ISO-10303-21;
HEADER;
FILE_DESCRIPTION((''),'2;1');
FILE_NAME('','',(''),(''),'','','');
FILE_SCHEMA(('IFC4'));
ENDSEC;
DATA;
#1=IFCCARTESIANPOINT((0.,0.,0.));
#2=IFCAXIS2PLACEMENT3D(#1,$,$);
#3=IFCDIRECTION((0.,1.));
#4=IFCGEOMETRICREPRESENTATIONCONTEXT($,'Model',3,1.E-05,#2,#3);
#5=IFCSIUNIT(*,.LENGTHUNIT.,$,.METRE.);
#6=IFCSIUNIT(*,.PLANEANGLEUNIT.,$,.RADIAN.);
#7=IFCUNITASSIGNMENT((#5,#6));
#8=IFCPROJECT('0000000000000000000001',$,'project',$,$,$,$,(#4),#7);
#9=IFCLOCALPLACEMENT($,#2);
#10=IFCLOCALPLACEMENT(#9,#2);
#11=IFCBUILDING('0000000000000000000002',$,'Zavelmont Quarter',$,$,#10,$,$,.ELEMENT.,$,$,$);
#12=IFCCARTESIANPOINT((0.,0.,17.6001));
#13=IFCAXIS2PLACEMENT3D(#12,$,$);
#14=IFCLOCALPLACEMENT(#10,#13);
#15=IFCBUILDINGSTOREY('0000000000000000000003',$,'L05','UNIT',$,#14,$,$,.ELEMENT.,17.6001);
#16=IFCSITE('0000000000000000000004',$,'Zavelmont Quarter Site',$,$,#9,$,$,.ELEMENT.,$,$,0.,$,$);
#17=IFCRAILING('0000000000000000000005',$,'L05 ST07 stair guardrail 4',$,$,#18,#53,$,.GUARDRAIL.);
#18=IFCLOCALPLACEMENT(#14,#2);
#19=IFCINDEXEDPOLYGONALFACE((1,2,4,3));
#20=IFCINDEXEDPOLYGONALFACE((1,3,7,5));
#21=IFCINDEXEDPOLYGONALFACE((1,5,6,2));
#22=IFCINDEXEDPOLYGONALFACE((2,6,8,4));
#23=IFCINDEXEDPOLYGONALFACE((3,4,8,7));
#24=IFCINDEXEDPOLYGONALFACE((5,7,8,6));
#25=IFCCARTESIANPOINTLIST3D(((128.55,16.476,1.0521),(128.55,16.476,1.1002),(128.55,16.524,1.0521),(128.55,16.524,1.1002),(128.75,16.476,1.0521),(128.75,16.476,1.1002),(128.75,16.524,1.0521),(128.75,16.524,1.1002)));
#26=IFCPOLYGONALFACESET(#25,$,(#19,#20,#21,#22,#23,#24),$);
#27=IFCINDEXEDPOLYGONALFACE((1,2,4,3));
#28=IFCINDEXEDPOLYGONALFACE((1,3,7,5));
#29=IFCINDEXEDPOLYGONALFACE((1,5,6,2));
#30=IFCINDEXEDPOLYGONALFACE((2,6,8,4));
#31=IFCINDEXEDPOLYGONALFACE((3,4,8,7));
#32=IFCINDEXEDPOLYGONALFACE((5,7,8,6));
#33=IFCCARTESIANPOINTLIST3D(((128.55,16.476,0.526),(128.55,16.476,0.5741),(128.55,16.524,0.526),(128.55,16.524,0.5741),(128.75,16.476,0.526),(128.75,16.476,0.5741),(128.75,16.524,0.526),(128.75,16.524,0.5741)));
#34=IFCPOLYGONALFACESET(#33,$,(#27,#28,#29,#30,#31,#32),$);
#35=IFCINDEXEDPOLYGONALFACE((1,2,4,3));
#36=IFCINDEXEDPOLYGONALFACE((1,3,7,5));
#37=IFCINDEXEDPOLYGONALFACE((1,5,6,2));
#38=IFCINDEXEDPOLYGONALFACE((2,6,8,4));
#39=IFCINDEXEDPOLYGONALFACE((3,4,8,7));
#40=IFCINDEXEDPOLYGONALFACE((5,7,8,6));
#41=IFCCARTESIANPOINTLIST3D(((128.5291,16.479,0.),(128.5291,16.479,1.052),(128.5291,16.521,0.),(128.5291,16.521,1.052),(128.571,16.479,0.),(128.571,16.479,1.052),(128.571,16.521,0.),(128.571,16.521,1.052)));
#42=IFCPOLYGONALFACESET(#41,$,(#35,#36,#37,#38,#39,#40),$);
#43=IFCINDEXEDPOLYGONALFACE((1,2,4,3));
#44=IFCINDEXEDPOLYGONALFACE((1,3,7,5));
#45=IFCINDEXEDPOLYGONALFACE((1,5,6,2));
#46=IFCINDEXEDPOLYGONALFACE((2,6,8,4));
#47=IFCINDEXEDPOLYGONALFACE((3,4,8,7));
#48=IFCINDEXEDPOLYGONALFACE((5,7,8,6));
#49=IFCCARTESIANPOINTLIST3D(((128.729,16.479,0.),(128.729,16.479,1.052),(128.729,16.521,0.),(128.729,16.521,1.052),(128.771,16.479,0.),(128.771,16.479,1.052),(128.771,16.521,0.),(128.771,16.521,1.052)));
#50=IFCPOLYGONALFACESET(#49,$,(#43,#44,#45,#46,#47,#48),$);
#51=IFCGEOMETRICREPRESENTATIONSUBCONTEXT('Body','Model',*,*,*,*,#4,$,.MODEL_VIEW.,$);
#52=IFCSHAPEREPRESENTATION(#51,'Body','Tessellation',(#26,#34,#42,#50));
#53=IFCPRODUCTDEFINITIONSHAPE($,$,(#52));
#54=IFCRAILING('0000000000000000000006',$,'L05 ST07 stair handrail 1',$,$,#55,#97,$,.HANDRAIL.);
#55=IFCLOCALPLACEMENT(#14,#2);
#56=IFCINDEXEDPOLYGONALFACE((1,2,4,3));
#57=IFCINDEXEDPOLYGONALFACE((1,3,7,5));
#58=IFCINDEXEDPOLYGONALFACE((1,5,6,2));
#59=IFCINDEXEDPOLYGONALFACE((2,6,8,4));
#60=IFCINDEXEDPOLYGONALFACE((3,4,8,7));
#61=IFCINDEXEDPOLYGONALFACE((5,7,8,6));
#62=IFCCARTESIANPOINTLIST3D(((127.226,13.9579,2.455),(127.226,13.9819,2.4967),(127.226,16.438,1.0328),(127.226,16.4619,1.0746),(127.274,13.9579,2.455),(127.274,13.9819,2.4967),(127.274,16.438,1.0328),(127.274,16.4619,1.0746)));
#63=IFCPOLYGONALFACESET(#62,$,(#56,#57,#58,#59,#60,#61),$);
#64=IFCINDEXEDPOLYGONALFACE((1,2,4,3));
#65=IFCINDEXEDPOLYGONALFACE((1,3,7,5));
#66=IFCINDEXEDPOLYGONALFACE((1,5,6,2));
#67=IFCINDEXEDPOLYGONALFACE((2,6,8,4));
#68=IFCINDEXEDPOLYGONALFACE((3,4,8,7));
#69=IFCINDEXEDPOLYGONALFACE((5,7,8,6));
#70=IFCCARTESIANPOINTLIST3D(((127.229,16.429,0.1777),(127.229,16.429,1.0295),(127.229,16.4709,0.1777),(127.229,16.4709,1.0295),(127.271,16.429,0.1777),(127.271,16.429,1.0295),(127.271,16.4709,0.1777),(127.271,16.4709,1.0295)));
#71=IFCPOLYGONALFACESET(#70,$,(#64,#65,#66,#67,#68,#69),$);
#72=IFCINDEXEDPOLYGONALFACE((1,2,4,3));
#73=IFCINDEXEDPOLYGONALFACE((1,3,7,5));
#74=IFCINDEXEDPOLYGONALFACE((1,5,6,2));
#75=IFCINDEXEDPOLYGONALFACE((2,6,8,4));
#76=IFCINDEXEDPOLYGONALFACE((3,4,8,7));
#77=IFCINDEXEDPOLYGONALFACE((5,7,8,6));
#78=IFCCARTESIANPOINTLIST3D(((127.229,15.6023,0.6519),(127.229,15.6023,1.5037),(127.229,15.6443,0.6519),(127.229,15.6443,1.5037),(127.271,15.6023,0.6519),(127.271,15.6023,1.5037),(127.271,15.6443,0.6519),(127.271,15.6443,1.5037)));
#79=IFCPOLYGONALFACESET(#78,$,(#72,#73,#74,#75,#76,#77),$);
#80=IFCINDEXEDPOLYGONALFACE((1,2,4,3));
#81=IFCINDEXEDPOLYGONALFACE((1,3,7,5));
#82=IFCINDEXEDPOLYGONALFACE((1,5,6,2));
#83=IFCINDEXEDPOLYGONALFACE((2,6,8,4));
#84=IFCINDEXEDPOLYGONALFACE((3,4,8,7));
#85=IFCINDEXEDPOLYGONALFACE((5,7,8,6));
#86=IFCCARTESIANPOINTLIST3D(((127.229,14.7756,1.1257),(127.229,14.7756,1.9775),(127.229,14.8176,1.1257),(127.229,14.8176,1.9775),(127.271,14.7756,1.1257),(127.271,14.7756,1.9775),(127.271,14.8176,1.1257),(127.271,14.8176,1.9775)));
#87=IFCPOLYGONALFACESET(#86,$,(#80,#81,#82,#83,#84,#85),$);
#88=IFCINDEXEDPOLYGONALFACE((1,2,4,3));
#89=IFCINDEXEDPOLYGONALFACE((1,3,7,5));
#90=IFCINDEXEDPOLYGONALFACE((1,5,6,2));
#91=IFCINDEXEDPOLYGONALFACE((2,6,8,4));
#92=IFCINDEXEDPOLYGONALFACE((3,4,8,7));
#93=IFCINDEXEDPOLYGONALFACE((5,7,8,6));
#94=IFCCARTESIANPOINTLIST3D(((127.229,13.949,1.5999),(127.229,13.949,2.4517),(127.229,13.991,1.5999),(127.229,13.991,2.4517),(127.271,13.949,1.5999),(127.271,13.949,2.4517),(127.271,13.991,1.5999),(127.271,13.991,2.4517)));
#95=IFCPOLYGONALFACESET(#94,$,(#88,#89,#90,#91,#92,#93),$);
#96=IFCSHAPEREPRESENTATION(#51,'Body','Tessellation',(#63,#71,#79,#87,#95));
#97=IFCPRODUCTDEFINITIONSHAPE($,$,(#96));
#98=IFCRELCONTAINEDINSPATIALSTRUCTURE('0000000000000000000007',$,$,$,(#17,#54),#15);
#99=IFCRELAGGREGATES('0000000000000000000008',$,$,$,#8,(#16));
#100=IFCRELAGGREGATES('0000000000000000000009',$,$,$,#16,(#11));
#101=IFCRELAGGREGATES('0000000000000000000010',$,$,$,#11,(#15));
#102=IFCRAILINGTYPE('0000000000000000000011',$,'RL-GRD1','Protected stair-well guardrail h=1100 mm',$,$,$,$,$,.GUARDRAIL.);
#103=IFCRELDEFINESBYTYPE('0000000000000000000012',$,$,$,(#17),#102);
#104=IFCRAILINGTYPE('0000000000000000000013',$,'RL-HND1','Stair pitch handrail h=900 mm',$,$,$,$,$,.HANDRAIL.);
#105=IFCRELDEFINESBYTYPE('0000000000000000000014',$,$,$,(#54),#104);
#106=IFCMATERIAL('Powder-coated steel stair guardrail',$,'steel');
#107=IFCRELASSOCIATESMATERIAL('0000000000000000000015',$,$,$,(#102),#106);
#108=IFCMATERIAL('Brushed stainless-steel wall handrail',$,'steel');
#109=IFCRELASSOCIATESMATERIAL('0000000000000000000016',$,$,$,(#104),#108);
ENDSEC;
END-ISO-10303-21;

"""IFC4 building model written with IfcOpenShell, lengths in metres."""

from ifc_helpers import new_model, si_unit, direction, frame, origin, origin_2d, place, context, subcontext, project, spatial, rectangle, extrude, material, type_object, element, save


model = new_model("IFC4")

# Units and contexts
model_context = context("Model", 3, precision=1e-05, world=origin(), true_north=direction((0.0, 1.0)))
body_context = subcontext(model_context, "Body", "Model", "MODEL_VIEW")
ifc_project = project(units=[si_unit("LENGTHUNIT", "METRE"), si_unit("PLANEANGLEUNIT", "RADIAN")], contexts=[model_context])

# Site, building, storey
site_placement = place(None, origin())
site = spatial("IfcSite", under=ifc_project, at=site_placement, Name="Zavelmont Quarter Site", CompositionType="ELEMENT", RefElevation=0.0)
building_placement = place(site_placement, origin())
building = spatial("IfcBuilding", under=site, at=building_placement, Name="Zavelmont Quarter", CompositionType="ELEMENT")
storey_placement = place(building_placement, frame((0.0, 0.0, 17.6001)))
storey = spatial("IfcBuildingStorey", under=building, at=storey_placement, Name="L05", Description="UNIT", CompositionType="ELEMENT", Elevation=17.6001)

# Railings
ifc_material_1 = material(Name="Powder-coated steel stair guardrail", Category="steel")
railing_type_1 = type_object("IfcRailingType", Name="RL-GRD1", Description="Protected stair-well guardrail h=1100 mm", PredefinedType="GUARDRAIL", material=ifc_material_1)
railing_1_placement = place(storey_placement, frame((128.55, 16.5, 0.0)))
element("IfcRailing", 1, at=railing_1_placement, inside=storey, type_object=railing_type_1, Name="L05 ST07 stair guardrail 4", PredefinedType="GUARDRAIL", context=body_context, shape_type="SweptSolid", body=[
    extrude(rectangle(XDim=0.0481, YDim=0.0481, at=origin_2d()), frame((0.0, 0.0, 1.0762), z_axis=(1.0, 0.0, 0.0), x_axis=(0.0, 1.0, 0.0)), (0.0, 0.0, 1.0), 0.2),
    extrude(rectangle(XDim=0.0481, YDim=0.0481, at=origin_2d()), frame((0.0, 0.0, 0.55), z_axis=(1.0, 0.0, 0.0), x_axis=(0.0, 1.0, 0.0)), (0.0, 0.0, 1.0), 0.2),
    extrude(rectangle(XDim=0.042, YDim=0.042, at=origin_2d()), origin(), (0.0, 0.0, 1.0), 1.052),
    extrude(rectangle(XDim=0.042, YDim=0.042, at=origin_2d()), frame((0.2, 0.0, 0.0)), (0.0, 0.0, 1.0), 1.052),
])
ifc_material_2 = material(Name="Brushed stainless-steel wall handrail", Category="steel")
railing_type_2 = type_object("IfcRailingType", Name="RL-HND1", Description="Stair pitch handrail h=900 mm", PredefinedType="HANDRAIL", material=ifc_material_2)
railing_2_placement = place(storey_placement, frame((127.25, 16.45, 0.1777)))
element("IfcRailing", 2, at=railing_2_placement, inside=storey, type_object=railing_type_2, Name="L05 ST07 stair handrail 1", PredefinedType="HANDRAIL", context=body_context, shape_type="SweptSolid", body=[
    extrude(rectangle(XDim=0.0481, YDim=0.0481, at=origin_2d()), frame((0.0, 0.0, 0.876), z_axis=(0.0, -0.867491, 0.497454), x_axis=(1.0, 0.0, 0.0)), (0.0, 0.0, 1.0), 2.8589),
    extrude(rectangle(XDim=0.042, YDim=0.042, at=origin_2d()), origin(), (0.0, 0.0, 1.0), 0.8518),
    extrude(rectangle(XDim=0.042, YDim=0.042, at=origin_2d()), frame((0.0, -0.8267, 0.4741)), (0.0, 0.0, 1.0), 0.8518),
    extrude(rectangle(XDim=0.042, YDim=0.042, at=origin_2d()), frame((0.0, -1.6533, 0.948)), (0.0, 0.0, 1.0), 0.8518),
    extrude(rectangle(XDim=0.042, YDim=0.042, at=origin_2d()), frame((0.0, -2.48, 1.4221)), (0.0, 0.0, 1.0), 0.8518),
])

save(model, "model.ifc")
